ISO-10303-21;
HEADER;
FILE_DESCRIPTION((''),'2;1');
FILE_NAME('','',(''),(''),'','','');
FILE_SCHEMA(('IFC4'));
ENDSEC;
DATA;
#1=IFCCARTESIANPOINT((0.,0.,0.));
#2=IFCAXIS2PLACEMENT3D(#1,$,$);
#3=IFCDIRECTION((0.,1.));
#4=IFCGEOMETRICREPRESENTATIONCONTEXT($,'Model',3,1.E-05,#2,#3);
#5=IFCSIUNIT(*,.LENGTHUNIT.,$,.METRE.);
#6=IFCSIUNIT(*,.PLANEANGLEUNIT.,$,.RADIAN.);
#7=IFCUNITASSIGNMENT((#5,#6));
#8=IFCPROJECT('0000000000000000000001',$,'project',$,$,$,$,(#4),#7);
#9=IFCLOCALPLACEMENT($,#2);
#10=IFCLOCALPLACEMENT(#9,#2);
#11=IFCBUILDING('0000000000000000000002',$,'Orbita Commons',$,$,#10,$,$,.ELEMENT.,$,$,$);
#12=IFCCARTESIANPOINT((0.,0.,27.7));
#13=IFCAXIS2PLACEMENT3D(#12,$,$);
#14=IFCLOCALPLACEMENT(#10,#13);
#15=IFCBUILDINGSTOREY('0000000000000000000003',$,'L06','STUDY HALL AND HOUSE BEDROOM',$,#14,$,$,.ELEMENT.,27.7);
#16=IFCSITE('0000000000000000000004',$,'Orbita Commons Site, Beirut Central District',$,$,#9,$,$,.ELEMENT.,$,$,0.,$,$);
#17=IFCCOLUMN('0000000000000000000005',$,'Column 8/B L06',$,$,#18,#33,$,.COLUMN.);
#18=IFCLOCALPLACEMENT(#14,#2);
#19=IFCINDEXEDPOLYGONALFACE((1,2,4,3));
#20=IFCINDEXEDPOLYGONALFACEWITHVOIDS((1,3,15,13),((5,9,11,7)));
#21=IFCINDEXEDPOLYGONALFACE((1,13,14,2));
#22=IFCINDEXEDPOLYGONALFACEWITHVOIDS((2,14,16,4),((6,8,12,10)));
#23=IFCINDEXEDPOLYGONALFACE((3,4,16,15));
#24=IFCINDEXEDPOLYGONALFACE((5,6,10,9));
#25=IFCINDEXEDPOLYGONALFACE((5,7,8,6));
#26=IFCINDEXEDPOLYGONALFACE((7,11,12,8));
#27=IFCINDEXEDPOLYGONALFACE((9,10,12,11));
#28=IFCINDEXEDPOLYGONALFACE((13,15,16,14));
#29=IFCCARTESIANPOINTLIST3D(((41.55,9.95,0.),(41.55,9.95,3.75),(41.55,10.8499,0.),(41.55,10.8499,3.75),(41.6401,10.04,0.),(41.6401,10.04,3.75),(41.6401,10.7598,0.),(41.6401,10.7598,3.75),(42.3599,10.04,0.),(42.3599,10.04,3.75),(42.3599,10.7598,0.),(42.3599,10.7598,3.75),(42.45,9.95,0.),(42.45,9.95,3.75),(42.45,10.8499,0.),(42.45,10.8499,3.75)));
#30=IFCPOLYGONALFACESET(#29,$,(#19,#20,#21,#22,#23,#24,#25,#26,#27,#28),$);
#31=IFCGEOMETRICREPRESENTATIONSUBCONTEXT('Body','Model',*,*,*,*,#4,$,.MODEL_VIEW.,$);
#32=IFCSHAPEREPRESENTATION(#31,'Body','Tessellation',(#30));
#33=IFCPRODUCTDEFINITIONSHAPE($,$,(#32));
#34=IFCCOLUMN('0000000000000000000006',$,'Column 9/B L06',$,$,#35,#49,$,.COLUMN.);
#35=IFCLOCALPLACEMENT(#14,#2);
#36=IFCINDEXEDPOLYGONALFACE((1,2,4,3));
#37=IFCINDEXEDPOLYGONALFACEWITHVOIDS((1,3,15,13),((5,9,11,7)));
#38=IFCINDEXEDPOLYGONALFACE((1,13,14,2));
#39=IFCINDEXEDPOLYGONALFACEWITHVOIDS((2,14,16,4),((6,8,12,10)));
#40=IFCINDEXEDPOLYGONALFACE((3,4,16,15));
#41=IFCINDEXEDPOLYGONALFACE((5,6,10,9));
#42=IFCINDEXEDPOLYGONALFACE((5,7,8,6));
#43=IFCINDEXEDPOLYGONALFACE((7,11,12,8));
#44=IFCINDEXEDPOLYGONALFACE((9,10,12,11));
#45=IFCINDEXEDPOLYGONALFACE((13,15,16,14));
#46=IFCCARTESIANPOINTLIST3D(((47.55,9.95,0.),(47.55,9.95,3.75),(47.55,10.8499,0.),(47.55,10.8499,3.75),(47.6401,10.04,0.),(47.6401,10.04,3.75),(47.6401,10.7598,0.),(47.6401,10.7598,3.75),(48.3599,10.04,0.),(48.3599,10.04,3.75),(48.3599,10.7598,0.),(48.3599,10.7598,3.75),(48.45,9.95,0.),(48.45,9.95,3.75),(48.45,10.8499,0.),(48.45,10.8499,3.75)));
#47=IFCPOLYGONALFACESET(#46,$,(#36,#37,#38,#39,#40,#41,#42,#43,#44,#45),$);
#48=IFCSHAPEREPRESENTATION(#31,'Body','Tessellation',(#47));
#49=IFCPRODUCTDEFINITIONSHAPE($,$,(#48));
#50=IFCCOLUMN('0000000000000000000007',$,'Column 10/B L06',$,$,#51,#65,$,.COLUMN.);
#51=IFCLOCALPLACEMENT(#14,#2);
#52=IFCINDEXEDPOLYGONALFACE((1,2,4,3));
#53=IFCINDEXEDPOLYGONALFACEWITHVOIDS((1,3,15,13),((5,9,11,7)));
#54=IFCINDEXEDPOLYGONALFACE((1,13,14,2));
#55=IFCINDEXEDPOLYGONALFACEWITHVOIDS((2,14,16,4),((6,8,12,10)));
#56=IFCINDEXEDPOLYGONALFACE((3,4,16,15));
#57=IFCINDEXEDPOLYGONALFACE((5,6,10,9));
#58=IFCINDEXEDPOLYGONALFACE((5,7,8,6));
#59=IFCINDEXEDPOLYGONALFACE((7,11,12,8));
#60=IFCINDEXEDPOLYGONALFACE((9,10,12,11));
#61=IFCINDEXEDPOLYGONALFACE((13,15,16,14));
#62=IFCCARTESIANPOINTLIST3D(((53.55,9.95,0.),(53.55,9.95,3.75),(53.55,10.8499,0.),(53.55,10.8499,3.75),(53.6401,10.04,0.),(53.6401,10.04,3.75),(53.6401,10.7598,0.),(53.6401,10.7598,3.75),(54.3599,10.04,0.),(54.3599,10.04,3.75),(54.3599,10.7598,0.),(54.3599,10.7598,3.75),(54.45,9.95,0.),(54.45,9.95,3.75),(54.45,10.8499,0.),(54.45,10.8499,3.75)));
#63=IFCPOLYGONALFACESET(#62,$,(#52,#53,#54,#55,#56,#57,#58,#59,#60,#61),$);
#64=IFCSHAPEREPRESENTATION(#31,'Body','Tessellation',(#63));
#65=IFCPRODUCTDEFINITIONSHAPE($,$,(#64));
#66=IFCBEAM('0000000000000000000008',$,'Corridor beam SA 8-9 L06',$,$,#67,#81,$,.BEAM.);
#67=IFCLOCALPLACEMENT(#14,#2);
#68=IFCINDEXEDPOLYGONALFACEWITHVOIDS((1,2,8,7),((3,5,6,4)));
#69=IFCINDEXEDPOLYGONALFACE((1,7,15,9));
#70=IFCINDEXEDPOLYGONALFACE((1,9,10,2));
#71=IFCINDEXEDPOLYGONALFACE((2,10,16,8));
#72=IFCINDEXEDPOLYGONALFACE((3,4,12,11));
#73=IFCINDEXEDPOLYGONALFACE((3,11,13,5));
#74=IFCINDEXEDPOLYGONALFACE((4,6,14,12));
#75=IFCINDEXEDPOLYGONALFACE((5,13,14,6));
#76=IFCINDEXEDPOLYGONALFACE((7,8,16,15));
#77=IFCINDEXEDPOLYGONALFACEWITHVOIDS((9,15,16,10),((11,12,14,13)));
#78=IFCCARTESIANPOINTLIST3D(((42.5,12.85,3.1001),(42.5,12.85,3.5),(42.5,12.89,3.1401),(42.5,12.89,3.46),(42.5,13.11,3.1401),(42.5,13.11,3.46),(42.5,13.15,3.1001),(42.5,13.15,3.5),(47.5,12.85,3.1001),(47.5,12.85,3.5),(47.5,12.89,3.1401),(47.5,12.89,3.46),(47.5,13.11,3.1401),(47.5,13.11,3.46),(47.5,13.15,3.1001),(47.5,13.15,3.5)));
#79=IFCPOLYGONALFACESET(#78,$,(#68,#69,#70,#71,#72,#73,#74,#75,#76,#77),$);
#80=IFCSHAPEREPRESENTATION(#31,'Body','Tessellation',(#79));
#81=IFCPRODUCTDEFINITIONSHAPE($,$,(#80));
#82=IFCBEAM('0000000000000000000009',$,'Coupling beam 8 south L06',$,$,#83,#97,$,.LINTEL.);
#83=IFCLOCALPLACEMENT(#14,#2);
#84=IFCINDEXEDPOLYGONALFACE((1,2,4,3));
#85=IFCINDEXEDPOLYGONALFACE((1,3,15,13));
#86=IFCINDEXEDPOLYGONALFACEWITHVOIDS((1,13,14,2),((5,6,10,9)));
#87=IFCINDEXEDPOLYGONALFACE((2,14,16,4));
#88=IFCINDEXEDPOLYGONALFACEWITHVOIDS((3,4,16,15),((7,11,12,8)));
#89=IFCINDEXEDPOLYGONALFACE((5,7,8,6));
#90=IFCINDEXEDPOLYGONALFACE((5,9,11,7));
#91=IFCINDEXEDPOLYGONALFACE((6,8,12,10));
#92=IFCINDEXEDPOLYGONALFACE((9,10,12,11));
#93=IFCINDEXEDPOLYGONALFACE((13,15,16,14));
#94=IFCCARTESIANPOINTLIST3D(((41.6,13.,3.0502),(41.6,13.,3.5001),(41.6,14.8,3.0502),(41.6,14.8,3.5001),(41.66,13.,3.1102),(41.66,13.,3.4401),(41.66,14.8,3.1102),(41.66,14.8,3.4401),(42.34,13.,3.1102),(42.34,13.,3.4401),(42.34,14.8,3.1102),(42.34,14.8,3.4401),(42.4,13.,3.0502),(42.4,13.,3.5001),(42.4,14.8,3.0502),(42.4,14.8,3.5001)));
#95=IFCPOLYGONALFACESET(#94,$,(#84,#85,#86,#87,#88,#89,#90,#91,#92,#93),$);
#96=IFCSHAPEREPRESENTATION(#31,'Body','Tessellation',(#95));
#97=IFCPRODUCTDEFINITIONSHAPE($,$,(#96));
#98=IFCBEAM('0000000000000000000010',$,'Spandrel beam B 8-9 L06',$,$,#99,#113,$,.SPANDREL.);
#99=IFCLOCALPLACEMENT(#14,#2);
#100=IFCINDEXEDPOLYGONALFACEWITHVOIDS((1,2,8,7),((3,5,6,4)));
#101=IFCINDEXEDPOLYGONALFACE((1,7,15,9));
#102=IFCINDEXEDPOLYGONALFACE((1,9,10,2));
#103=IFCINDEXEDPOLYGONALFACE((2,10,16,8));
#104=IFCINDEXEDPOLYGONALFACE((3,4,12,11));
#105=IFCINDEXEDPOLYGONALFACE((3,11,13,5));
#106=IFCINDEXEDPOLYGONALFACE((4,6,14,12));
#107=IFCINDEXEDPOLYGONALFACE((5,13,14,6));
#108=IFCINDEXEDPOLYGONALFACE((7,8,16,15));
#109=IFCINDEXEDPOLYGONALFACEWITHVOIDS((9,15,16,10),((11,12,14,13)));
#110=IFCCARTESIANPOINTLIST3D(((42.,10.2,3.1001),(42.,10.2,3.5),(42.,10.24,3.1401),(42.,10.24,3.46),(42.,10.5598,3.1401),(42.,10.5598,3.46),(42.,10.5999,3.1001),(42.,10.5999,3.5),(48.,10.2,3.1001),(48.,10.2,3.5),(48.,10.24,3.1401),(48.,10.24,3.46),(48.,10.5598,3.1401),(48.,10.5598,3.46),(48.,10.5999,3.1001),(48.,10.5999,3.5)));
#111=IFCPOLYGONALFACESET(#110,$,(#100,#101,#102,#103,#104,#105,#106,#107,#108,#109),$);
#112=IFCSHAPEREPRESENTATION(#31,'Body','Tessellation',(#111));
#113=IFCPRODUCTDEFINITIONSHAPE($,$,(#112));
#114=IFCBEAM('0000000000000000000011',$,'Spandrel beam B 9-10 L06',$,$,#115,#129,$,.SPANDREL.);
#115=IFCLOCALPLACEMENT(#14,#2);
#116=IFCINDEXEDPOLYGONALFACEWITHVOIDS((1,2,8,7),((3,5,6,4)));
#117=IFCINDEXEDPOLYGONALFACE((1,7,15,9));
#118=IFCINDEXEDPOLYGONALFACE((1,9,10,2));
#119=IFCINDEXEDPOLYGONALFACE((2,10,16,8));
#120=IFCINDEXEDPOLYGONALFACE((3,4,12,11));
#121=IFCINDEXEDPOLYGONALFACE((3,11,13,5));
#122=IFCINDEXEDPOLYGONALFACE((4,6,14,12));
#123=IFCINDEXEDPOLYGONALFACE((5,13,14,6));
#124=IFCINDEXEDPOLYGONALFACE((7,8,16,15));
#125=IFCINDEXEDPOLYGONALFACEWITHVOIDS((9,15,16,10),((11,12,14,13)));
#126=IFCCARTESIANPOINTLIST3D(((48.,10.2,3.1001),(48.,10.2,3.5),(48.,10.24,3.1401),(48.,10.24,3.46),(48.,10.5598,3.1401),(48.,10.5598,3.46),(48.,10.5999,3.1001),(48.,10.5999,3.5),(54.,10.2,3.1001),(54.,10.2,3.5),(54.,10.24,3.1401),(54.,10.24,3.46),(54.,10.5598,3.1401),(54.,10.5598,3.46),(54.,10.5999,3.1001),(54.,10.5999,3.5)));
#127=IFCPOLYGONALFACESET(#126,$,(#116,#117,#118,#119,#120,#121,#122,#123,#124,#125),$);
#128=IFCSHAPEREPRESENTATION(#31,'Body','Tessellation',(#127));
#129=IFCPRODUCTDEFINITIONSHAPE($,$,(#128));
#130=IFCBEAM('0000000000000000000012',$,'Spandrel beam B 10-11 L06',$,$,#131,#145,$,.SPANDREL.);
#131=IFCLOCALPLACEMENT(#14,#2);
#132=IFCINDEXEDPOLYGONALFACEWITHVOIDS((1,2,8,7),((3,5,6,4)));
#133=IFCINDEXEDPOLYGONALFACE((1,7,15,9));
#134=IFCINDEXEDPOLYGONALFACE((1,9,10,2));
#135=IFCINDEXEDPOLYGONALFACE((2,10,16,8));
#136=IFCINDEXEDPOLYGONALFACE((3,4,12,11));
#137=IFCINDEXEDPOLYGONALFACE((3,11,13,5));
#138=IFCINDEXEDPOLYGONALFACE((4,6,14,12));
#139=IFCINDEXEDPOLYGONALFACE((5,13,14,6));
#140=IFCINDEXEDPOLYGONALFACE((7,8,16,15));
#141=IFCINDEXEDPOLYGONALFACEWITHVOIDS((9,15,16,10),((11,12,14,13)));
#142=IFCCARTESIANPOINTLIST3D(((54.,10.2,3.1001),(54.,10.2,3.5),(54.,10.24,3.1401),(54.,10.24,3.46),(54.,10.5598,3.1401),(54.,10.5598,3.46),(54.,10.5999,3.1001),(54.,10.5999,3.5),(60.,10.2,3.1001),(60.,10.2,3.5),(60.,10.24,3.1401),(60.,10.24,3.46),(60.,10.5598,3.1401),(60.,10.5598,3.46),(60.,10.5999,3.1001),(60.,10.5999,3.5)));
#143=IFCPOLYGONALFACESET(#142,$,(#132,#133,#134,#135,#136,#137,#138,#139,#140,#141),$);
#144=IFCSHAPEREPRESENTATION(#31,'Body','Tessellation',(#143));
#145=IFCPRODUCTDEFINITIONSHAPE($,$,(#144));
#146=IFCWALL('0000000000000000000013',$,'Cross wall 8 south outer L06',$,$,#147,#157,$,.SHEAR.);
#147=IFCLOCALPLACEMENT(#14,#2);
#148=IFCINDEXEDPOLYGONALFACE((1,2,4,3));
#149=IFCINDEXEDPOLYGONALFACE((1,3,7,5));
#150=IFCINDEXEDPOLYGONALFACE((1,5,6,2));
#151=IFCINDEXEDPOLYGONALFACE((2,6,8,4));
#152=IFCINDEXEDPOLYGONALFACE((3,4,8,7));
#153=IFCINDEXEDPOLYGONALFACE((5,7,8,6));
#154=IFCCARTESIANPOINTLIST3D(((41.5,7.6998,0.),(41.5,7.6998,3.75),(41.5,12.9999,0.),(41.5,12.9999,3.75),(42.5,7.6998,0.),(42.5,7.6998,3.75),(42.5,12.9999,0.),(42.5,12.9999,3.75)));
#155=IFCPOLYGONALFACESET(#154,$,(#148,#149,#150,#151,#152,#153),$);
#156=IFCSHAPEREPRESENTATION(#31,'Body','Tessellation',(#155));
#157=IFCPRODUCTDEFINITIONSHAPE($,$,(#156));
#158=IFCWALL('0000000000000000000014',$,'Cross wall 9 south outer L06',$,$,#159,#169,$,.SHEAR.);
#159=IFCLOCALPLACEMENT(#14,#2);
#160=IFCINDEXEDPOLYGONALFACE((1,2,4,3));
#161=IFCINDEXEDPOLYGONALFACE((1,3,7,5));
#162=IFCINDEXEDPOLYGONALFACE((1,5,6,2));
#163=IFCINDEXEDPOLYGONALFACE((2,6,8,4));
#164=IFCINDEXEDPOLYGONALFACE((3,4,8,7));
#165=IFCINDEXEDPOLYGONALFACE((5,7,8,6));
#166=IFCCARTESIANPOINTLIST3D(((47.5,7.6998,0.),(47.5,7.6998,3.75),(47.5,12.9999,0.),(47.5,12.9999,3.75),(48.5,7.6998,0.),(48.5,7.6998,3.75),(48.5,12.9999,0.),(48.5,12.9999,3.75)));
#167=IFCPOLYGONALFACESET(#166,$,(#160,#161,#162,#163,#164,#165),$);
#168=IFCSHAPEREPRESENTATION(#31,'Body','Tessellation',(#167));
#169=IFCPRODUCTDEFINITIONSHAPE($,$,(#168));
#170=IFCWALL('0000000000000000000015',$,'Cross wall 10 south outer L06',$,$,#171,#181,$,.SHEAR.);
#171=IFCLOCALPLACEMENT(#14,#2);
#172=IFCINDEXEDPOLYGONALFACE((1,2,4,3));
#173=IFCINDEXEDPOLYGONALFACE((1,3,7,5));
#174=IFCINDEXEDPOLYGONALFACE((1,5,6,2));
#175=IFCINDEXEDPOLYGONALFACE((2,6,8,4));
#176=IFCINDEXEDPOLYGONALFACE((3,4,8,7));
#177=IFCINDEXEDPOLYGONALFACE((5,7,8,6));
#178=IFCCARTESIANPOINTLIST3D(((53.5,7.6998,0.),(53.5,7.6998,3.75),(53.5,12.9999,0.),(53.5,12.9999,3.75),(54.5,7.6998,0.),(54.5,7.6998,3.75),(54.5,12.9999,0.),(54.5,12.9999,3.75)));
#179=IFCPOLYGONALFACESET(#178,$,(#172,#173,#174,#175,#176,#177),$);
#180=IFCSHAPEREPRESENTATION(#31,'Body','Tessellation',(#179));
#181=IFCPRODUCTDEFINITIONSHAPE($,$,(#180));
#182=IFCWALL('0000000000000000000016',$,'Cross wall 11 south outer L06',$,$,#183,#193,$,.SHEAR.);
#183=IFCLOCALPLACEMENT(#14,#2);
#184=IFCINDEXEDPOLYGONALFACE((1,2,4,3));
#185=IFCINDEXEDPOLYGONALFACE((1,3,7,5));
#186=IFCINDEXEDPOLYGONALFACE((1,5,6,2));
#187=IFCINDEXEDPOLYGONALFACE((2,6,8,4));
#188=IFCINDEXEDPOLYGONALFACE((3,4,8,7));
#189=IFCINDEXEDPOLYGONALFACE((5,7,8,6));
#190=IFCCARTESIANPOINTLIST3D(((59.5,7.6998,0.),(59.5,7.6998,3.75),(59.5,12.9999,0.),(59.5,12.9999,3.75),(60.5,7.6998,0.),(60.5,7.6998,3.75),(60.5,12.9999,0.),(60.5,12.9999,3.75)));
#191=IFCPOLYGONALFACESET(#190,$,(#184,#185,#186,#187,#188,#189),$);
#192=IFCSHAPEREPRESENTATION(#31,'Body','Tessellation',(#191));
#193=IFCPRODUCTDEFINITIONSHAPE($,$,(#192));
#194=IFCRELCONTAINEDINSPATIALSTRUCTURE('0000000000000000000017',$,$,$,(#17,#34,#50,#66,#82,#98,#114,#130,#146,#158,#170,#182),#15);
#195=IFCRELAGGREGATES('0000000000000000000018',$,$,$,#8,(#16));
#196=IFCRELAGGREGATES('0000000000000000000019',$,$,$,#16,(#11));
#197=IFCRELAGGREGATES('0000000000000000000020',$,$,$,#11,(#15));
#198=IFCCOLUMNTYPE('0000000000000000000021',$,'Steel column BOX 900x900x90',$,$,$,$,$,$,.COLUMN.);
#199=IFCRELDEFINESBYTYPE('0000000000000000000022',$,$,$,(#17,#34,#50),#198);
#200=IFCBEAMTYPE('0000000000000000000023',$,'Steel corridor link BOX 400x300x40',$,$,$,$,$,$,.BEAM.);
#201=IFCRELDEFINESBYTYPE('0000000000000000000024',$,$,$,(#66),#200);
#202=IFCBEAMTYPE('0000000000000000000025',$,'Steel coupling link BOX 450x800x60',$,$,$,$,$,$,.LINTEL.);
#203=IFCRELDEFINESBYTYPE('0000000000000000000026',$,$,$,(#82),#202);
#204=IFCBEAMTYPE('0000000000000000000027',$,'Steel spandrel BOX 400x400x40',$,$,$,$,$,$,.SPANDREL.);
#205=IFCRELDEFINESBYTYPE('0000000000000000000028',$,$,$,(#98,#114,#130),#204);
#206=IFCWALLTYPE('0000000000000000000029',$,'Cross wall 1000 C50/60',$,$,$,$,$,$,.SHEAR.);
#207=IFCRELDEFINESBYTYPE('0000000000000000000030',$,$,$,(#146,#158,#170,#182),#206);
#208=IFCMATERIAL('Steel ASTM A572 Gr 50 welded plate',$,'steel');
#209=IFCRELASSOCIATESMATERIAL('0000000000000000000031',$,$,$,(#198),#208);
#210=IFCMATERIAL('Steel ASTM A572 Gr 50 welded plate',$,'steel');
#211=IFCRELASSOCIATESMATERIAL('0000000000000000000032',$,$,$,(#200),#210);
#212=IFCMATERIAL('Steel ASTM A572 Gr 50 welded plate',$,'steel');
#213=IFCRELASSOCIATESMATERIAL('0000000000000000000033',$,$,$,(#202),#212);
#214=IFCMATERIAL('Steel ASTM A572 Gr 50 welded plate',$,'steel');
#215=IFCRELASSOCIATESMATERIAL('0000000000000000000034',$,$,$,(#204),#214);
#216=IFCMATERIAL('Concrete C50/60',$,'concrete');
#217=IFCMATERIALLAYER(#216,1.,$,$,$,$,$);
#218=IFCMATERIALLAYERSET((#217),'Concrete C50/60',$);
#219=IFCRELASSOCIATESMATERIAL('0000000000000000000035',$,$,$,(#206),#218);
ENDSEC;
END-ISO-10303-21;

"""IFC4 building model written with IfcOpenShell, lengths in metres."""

from ifc_helpers import new_model, si_unit, direction, frame, frame_2d, origin, origin_2d, place, context, subcontext, project, spatial, rectangle, hollow_rectangle, extrude, material, layer, layer_set, material_profile, profile_set, type_object, element, save


model = new_model("IFC4")

# Units and contexts
model_context = context("Model", 3, precision=1e-05, world=origin(), true_north=direction((0.0, 1.0)))
body_context = subcontext(model_context, "Body", "Model", "MODEL_VIEW")
ifc_project = project(units=[si_unit("LENGTHUNIT", "METRE"), si_unit("PLANEANGLEUNIT", "RADIAN")], contexts=[model_context])

# Site, building, storey
site_placement = place(None, origin())
site = spatial("IfcSite", under=ifc_project, at=site_placement, Name="Orbita Commons Site, Beirut Central District", CompositionType="ELEMENT", RefElevation=0.0)
building_placement = place(site_placement, origin())
building = spatial("IfcBuilding", under=site, at=building_placement, Name="Orbita Commons", CompositionType="ELEMENT")
storey_placement = place(building_placement, frame((0.0, 0.0, 27.7)))
storey = spatial("IfcBuildingStorey", under=building, at=storey_placement, Name="L06", Description="STUDY HALL AND HOUSE BEDROOM", CompositionType="ELEMENT", Elevation=27.7)

# Columns
ifc_material_1 = material(Name="Steel ASTM A572 Gr 50 welded plate", Category="steel")
ifc_material_profile_1 = material_profile(ifc_material_1, hollow_rectangle(XDim=0.8999, YDim=0.8999, WallThickness=0.0901, at=origin_2d()), Name="BOX 900x900x90")
ifc_profile_set_1 = profile_set([ifc_material_profile_1], Name="Steel ASTM A572 Gr 50 welded plate")
column_type = type_object("IfcColumnType", Name="Steel column BOX 900x900x90", PredefinedType="COLUMN", material=ifc_profile_set_1)
for number, where, z_axis, x_axis, name in (
    (1, (42.0, 10.3999, 0.0), (0.0, 0.0, 1.0), (1.0, 0.0, 0.0), "Column 8/B L06"),
    (2, (48.0, 10.3999, 0.0), (0.0, 0.0, 1.0), (1.0, 0.0, 0.0), "Column 9/B L06"),
    (3, (54.0, 10.3999, 0.0), (0.0, 0.0, 1.0), (1.0, 0.0, 0.0), "Column 10/B L06"),
):
    element("IfcColumn", number, at=place(storey_placement, frame(where, z_axis=z_axis, x_axis=x_axis)), inside=storey, type_object=column_type, Name=name, PredefinedType="COLUMN", context=body_context, shape_type="SweptSolid", body=[
        extrude(hollow_rectangle(XDim=0.8999, YDim=0.8999, WallThickness=0.0901, at=origin_2d()), origin(), (0.0, 0.0, 1.0), 3.75),
    ])

# Beams
ifc_material_2 = material(Name="Steel ASTM A572 Gr 50 welded plate", Category="steel")
ifc_material_profile_2 = material_profile(ifc_material_2, hollow_rectangle(XDim=0.3, YDim=0.3999, WallThickness=0.04, at=origin_2d()), Name="BOX 400x300x40")
ifc_profile_set_2 = profile_set([ifc_material_profile_2], Name="Steel ASTM A572 Gr 50 welded plate")
beam_type_1 = type_object("IfcBeamType", Name="Steel corridor link BOX 400x300x40", PredefinedType="BEAM", material=ifc_profile_set_2)
beam_1_placement = place(storey_placement, frame((42.5, 13.0, 3.3), z_axis=(1.0, 0.0, 0.0), x_axis=(0.0, 1.0, 0.0)))
element("IfcBeam", 4, at=beam_1_placement, inside=storey, type_object=beam_type_1, Name="Corridor beam SA 8-9 L06", PredefinedType="BEAM", context=body_context, shape_type="SweptSolid", body=[
    extrude(hollow_rectangle(XDim=0.3, YDim=0.3999, WallThickness=0.04, at=origin_2d()), origin(), (0.0, 0.0, 1.0), 5.0),
])
ifc_material_3 = material(Name="Steel ASTM A572 Gr 50 welded plate", Category="steel")
ifc_material_profile_3 = material_profile(ifc_material_3, hollow_rectangle(XDim=0.8, YDim=0.45, WallThickness=0.0601, at=origin_2d()), Name="BOX 450x800x60")
ifc_profile_set_3 = profile_set([ifc_material_profile_3], Name="Steel ASTM A572 Gr 50 welded plate")
beam_type_2 = type_object("IfcBeamType", Name="Steel coupling link BOX 450x800x60", PredefinedType="LINTEL", material=ifc_profile_set_3)
beam_2_placement = place(storey_placement, frame((42.0, 13.0, 3.2751), z_axis=(0.0, 1.0, 0.0), x_axis=(-1.0, 0.0, 0.0)))
element("IfcBeam", 5, at=beam_2_placement, inside=storey, type_object=beam_type_2, Name="Coupling beam 8 south L06", PredefinedType="LINTEL", context=body_context, shape_type="SweptSolid", body=[
    extrude(hollow_rectangle(XDim=0.8, YDim=0.45, WallThickness=0.0601, at=origin_2d()), origin(), (0.0, 0.0, 1.0), 1.8),
])
ifc_material_4 = material(Name="Steel ASTM A572 Gr 50 welded plate", Category="steel")
ifc_material_profile_4 = material_profile(ifc_material_4, hollow_rectangle(XDim=0.3999, YDim=0.3999, WallThickness=0.04, at=origin_2d()), Name="BOX 400x400x40")
ifc_profile_set_4 = profile_set([ifc_material_profile_4], Name="Steel ASTM A572 Gr 50 welded plate")
beam_type_3 = type_object("IfcBeamType", Name="Steel spandrel BOX 400x400x40", PredefinedType="SPANDREL", material=ifc_profile_set_4)
for number, where, z_axis, x_axis, name in (
    (6, (42.0, 10.3999, 3.3), (1.0, 0.0, 0.0), (0.0, 1.0, 0.0), "Spandrel beam B 8-9 L06"),
    (7, (48.0, 10.3999, 3.3), (1.0, 0.0, 0.0), (0.0, 1.0, 0.0), "Spandrel beam B 9-10 L06"),
    (8, (54.0, 10.3999, 3.3), (1.0, 0.0, 0.0), (0.0, 1.0, 0.0), "Spandrel beam B 10-11 L06"),
):
    element("IfcBeam", number, at=place(storey_placement, frame(where, z_axis=z_axis, x_axis=x_axis)), inside=storey, type_object=beam_type_3, Name=name, PredefinedType="SPANDREL", context=body_context, shape_type="SweptSolid", body=[
        extrude(hollow_rectangle(XDim=0.3999, YDim=0.3999, WallThickness=0.04, at=origin_2d()), origin(), (0.0, 0.0, 1.0), 6.0),
    ])

# Walls
ifc_material_5 = material(Name="Concrete C50/60", Category="concrete")
ifc_layer_1 = layer(ifc_material_5, 1.0)
ifc_layer_set_1 = layer_set([ifc_layer_1], Name="Concrete C50/60")
wall_type_1 = type_object("IfcWallType", Name="Cross wall 1000 C50/60", PredefinedType="SHEAR", material=ifc_layer_set_1)
for number, where, z_axis, x_axis, name in (
    (9, (42.0, 7.7, 0.0), (0.0, 0.0, 1.0), (0.0, 1.0, 0.0), "Cross wall 8 south outer L06"),
    (10, (48.0, 7.7, 0.0), (0.0, 0.0, 1.0), (0.0, 1.0, 0.0), "Cross wall 9 south outer L06"),
    (11, (54.0, 7.7, 0.0), (0.0, 0.0, 1.0), (0.0, 1.0, 0.0), "Cross wall 10 south outer L06"),
    (12, (60.0, 7.7, 0.0), (0.0, 0.0, 1.0), (0.0, 1.0, 0.0), "Cross wall 11 south outer L06"),
):
    element("IfcWall", number, at=place(storey_placement, frame(where, z_axis=z_axis, x_axis=x_axis)), inside=storey, type_object=wall_type_1, Name=name, PredefinedType="SHEAR", context=body_context, shape_type="SweptSolid", body=[
        extrude(rectangle(XDim=5.3, YDim=1.0, at=frame_2d((2.6499, 0.0))), origin(), (0.0, 0.0, 1.0), 3.75),
    ])

save(model, "model.ifc")
